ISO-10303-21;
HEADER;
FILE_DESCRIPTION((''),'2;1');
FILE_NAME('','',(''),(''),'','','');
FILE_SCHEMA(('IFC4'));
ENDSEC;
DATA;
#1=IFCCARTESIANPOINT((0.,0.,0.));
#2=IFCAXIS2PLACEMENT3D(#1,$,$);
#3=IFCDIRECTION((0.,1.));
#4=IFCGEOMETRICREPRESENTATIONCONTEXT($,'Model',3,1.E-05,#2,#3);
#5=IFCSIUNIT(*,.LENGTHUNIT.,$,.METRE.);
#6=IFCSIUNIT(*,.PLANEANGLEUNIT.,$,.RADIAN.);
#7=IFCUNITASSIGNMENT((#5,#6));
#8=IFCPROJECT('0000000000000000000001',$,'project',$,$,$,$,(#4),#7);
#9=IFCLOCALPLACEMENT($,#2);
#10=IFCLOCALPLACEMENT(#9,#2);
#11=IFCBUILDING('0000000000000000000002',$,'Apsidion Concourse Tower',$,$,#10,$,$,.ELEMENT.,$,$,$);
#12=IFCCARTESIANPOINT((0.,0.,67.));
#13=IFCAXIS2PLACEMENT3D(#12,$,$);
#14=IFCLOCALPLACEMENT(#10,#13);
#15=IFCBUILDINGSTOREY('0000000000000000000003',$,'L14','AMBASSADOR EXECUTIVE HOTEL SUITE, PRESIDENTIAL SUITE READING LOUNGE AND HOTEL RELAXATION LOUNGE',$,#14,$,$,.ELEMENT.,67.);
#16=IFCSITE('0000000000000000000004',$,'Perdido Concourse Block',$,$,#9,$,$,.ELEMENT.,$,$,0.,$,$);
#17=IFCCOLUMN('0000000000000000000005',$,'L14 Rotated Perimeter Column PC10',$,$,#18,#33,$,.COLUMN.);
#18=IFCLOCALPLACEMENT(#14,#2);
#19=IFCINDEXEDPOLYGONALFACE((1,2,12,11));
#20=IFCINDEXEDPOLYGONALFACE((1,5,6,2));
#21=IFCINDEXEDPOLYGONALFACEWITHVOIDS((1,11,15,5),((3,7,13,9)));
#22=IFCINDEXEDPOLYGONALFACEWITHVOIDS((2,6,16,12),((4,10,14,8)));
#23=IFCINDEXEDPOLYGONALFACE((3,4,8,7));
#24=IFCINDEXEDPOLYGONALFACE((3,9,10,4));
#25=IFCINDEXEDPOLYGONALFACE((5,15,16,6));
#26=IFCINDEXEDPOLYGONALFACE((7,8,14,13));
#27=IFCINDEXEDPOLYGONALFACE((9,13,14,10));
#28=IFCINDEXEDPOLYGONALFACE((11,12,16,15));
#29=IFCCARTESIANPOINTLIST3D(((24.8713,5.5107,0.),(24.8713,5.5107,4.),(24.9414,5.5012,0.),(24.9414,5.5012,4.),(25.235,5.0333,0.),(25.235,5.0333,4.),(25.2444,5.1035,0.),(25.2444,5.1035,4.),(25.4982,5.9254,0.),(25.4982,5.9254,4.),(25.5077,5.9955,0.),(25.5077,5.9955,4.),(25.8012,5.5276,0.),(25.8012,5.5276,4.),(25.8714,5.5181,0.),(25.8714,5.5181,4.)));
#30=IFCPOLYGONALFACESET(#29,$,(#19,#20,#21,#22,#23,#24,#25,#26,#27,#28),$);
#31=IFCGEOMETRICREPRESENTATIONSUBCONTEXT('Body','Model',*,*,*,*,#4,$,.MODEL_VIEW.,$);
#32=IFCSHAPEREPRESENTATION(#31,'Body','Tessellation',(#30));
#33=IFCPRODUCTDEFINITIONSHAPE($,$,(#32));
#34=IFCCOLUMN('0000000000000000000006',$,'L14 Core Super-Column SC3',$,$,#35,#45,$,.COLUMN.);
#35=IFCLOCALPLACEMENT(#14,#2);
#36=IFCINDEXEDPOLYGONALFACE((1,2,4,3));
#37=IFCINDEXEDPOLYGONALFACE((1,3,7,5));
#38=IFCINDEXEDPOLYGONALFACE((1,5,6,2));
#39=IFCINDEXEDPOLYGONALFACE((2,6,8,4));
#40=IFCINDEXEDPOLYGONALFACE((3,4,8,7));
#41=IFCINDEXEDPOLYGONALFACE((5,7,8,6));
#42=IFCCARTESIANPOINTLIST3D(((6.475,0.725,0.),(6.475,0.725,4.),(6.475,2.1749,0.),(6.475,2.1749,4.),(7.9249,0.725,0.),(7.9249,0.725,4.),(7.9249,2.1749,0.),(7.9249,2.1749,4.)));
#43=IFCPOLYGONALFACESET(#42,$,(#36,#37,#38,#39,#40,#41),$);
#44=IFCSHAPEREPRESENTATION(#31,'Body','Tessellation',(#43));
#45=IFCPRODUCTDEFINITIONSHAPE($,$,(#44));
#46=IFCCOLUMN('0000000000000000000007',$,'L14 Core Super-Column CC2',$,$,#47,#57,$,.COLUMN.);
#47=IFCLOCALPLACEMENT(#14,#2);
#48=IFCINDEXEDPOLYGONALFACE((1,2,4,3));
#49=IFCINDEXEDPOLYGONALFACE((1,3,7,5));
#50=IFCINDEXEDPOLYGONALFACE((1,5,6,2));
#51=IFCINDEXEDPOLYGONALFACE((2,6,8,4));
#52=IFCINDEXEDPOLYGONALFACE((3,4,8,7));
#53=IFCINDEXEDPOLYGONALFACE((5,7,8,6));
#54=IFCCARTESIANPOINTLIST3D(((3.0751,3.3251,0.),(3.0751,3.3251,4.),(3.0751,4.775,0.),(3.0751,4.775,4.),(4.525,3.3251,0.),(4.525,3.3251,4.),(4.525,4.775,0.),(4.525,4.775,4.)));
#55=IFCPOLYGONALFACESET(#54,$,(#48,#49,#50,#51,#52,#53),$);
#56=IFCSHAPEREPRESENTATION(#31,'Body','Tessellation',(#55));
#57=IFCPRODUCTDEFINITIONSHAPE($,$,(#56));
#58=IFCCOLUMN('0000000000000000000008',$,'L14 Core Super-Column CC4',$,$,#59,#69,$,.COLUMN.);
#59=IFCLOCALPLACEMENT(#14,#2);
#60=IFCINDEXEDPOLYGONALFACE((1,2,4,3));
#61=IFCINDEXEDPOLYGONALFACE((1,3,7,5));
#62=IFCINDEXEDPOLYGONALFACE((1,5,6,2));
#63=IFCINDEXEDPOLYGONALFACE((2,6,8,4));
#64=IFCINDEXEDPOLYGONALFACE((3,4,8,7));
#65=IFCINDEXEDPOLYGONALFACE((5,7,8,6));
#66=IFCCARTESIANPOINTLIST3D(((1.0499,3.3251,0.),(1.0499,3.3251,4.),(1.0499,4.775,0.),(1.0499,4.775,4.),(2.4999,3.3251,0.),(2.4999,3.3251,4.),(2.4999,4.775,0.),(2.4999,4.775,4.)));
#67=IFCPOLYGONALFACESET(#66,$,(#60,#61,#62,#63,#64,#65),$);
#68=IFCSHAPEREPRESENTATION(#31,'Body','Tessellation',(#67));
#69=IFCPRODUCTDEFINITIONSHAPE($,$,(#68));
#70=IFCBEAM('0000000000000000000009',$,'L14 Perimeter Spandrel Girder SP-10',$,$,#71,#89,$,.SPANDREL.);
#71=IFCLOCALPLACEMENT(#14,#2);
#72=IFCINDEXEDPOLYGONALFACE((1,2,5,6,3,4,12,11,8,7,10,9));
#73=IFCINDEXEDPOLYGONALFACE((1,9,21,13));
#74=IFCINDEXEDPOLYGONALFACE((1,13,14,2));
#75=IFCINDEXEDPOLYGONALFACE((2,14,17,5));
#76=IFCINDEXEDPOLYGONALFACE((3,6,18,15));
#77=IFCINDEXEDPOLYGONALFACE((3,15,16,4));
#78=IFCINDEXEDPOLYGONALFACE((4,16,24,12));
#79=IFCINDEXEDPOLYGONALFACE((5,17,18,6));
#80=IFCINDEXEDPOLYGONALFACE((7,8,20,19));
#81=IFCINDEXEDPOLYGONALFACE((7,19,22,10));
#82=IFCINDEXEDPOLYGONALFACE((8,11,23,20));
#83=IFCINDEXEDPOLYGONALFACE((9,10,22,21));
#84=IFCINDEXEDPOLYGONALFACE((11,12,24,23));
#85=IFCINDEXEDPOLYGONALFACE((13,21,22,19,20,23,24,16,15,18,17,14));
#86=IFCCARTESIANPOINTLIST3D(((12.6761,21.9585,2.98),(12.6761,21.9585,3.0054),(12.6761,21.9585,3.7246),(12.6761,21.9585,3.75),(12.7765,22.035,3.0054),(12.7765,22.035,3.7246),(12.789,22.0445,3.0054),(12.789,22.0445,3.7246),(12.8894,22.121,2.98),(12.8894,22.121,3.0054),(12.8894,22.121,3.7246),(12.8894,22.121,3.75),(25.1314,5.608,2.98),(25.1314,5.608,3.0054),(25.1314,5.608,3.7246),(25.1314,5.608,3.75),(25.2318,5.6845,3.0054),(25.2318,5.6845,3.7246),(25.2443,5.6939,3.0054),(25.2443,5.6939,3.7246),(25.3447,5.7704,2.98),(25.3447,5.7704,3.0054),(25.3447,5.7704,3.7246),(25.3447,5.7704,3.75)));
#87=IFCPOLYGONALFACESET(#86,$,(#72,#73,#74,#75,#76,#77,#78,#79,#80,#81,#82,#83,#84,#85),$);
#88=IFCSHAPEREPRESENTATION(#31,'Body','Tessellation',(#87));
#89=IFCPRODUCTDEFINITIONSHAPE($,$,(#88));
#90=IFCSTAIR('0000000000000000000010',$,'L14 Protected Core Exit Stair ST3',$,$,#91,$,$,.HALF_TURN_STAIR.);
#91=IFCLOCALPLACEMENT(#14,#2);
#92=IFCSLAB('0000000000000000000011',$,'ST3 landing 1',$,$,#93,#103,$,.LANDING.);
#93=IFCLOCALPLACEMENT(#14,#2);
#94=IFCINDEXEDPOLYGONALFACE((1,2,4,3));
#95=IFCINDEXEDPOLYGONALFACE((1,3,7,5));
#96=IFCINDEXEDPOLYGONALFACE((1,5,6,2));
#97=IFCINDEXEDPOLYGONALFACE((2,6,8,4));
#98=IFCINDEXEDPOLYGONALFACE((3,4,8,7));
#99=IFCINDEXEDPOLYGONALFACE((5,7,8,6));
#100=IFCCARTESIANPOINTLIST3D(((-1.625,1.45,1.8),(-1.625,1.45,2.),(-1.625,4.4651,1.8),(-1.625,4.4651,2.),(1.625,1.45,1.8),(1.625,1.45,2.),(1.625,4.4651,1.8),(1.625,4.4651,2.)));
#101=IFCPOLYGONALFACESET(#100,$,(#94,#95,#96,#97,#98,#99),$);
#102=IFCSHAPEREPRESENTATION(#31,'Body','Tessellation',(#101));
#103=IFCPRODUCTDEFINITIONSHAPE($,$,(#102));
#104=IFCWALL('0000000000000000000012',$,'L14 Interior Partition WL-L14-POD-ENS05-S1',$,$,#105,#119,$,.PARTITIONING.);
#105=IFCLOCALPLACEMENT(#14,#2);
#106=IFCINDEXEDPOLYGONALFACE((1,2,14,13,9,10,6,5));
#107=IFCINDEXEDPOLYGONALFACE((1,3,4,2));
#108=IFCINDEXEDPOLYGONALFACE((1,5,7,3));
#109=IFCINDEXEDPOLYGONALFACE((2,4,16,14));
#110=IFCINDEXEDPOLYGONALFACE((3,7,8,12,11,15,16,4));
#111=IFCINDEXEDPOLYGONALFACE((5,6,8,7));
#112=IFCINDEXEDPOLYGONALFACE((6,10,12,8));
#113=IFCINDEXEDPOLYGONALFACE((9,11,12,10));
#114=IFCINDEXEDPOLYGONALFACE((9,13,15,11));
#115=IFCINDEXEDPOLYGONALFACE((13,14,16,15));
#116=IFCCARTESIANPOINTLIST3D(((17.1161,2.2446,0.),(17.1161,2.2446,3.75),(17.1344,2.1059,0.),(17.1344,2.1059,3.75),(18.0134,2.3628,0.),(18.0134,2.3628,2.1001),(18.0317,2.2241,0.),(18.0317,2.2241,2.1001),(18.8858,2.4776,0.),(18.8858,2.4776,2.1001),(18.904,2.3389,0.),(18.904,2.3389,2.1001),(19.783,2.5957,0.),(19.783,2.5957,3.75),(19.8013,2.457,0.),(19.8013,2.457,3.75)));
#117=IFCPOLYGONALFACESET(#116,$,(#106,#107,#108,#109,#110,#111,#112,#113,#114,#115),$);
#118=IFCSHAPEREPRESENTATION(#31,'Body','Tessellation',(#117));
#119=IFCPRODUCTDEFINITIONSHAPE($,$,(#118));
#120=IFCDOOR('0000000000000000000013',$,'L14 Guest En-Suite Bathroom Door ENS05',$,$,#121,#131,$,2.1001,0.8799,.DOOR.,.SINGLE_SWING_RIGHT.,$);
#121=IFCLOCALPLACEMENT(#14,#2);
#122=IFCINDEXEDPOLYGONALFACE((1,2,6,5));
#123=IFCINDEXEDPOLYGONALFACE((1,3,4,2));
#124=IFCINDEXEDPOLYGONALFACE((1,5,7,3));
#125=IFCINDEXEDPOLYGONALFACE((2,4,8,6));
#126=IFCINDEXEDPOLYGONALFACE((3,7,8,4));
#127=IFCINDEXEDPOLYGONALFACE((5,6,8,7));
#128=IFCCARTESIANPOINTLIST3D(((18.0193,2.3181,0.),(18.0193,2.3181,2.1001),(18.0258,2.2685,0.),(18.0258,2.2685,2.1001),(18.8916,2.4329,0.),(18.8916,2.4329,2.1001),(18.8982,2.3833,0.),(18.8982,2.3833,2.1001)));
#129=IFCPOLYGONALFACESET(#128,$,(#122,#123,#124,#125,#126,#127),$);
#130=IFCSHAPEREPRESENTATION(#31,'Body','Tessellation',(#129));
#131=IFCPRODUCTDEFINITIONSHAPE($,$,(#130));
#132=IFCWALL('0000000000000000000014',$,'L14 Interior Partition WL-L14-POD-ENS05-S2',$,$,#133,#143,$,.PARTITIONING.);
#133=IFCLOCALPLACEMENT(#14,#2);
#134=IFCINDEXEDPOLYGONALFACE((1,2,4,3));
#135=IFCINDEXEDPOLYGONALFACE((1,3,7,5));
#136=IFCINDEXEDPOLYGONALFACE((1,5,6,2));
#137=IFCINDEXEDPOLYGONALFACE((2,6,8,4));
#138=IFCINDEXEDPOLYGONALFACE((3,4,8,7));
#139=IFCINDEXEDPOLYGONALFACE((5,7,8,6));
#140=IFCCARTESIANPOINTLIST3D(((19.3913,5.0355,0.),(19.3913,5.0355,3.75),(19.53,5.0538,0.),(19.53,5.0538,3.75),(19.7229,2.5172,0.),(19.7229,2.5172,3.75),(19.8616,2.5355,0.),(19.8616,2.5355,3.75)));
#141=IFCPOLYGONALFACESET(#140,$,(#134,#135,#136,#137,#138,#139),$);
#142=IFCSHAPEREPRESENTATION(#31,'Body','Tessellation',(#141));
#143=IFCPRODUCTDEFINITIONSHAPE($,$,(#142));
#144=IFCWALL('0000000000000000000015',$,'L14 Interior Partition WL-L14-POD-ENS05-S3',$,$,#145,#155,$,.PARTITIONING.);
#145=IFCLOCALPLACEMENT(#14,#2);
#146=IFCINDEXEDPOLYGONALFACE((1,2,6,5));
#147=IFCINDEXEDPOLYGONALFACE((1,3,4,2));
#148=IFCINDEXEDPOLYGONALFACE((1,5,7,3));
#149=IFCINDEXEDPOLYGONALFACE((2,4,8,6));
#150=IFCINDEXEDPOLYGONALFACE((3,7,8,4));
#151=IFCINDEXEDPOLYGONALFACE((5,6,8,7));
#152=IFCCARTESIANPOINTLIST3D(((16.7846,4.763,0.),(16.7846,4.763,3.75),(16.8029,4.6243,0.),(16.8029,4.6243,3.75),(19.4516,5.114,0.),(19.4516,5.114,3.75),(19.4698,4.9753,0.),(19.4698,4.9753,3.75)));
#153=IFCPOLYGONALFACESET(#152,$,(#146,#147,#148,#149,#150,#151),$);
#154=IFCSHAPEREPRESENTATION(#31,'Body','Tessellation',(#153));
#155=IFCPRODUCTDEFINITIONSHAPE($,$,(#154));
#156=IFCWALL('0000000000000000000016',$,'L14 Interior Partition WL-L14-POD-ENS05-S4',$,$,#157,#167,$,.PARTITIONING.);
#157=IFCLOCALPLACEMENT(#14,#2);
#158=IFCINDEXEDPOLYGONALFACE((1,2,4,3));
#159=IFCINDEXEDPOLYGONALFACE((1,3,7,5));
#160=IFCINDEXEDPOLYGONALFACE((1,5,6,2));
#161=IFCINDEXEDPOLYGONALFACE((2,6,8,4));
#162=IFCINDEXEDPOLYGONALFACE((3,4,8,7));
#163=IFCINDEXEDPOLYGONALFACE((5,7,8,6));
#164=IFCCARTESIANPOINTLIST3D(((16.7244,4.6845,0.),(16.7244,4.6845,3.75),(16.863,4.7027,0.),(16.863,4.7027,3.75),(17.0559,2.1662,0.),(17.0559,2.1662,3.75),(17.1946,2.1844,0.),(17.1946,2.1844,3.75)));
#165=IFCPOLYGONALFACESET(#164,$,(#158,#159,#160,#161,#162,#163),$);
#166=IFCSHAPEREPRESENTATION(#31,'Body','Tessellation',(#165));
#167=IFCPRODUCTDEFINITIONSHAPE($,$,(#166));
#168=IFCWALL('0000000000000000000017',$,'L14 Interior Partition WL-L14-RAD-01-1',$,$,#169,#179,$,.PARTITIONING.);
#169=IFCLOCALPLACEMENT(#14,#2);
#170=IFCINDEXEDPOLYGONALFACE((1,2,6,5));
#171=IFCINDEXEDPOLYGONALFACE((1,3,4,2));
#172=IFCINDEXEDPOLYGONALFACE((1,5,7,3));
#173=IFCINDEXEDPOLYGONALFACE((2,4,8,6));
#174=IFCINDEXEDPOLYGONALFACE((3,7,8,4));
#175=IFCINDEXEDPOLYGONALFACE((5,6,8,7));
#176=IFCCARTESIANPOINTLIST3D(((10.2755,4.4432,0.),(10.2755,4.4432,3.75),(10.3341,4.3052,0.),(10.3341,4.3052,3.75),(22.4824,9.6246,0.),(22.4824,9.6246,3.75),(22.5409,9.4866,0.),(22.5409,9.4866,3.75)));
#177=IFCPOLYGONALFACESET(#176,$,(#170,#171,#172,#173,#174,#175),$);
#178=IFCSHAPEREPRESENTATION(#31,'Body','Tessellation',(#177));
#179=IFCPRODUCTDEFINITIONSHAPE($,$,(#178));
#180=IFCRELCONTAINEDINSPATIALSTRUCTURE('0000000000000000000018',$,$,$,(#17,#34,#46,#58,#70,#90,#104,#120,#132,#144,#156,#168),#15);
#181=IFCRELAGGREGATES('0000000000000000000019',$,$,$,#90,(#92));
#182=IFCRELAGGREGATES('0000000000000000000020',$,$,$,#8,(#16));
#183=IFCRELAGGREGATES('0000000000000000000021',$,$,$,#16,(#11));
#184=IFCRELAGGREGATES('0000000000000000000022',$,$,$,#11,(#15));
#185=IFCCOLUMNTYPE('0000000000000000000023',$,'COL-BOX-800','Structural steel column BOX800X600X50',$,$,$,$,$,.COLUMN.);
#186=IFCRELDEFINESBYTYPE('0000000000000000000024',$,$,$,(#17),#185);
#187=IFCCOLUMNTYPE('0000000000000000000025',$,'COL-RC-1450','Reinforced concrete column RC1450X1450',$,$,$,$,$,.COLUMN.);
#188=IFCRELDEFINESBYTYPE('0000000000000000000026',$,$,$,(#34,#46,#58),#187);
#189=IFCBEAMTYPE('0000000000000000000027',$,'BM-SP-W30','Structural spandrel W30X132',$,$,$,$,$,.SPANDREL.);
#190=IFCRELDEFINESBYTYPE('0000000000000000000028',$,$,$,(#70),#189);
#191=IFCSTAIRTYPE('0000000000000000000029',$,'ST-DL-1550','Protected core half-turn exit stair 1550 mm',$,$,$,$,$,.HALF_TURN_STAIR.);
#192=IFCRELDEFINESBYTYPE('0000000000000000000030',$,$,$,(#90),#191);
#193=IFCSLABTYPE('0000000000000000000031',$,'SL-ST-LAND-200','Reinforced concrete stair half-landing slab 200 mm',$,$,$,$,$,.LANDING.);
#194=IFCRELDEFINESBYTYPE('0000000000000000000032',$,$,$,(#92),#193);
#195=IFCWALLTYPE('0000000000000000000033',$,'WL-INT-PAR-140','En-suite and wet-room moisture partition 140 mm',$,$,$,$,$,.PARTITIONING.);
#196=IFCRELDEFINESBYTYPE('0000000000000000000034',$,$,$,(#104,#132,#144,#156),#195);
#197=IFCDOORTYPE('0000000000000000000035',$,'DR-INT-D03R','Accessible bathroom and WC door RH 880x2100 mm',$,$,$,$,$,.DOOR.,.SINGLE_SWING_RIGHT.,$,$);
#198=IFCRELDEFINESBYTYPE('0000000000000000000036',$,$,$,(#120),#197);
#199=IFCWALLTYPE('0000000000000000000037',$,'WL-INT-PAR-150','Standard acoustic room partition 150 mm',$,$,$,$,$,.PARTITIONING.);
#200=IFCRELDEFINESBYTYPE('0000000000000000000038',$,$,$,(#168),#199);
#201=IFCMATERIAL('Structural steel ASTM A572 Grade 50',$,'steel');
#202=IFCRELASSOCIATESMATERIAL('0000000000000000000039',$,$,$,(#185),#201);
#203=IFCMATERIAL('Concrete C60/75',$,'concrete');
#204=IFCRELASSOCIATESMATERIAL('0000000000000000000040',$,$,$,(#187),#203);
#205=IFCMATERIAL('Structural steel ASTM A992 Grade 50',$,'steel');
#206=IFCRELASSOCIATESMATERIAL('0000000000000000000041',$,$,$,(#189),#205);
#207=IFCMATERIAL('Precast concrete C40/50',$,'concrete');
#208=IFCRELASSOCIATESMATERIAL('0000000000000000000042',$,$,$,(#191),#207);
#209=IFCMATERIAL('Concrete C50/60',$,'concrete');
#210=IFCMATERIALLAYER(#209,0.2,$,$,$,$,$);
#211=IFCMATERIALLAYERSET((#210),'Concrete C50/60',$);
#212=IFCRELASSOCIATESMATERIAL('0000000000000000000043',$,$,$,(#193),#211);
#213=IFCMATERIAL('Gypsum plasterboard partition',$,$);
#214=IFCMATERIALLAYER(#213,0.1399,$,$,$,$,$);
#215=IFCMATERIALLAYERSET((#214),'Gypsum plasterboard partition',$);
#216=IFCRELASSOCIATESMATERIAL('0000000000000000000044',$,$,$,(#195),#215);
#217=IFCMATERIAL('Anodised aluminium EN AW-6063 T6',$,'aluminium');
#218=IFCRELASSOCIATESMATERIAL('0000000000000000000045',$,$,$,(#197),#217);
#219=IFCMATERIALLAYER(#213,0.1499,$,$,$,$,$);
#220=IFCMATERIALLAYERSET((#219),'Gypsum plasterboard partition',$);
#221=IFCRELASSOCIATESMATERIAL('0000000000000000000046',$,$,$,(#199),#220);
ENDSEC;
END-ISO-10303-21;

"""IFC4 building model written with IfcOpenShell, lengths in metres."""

from ifc_helpers import new_model, si_unit, direction, frame, frame_2d, origin, origin_2d, place, context, subcontext, project, spatial, polyline, rectangle, hollow_rectangle, i_section, outline, extrude, material, layer, layer_set, material_profile, profile_set, type_object, element, fill, aggregate, save


model = new_model("IFC4")

# Units and contexts
model_context = context("Model", 3, precision=1e-05, world=origin(), true_north=direction((0.0, 1.0)))
body_context = subcontext(model_context, "Body", "Model", "MODEL_VIEW")
ifc_project = project(units=[si_unit("LENGTHUNIT", "METRE"), si_unit("PLANEANGLEUNIT", "RADIAN")], contexts=[model_context])

# Site, building, storey
site_placement = place(None, origin())
site = spatial("IfcSite", under=ifc_project, at=site_placement, Name="Perdido Concourse Block", CompositionType="ELEMENT", RefElevation=0.0)
building_placement = place(site_placement, origin())
building = spatial("IfcBuilding", under=site, at=building_placement, Name="Apsidion Concourse Tower", CompositionType="ELEMENT")
storey_placement = place(building_placement, frame((0.0, 0.0, 67.0)))
storey = spatial("IfcBuildingStorey", under=building, at=storey_placement, Name="L14", Description="AMBASSADOR EXECUTIVE HOTEL SUITE, PRESIDENTIAL SUITE READING LOUNGE AND HOTEL RELAXATION LOUNGE", CompositionType="ELEMENT", Elevation=67.0)

# Columns
ifc_material_1 = material(Name="Structural steel ASTM A572 Grade 50", Category="steel")
ifc_material_profile_1 = material_profile(ifc_material_1, hollow_rectangle(XDim=0.6001, YDim=0.8, WallThickness=0.05, at=origin_2d()), Name="BOX800X600X50")
ifc_profile_set_1 = profile_set([ifc_material_profile_1], Name="Structural steel ASTM A572 Grade 50")
column_type_1 = type_object("IfcColumnType", Name="COL-BOX-800", Description="Structural steel column BOX800X600X50", PredefinedType="COLUMN", material=ifc_profile_set_1)
column_placement = place(storey_placement, frame((25.3713, 5.5144, 0.0), z_axis=(0.0, 0.0, 1.0), x_axis=(-0.605988, 0.795473, 0.0)))
element("IfcColumn", 1, at=column_placement, inside=storey, type_object=column_type_1, Name="L14 Rotated Perimeter Column PC10", PredefinedType="COLUMN", context=body_context, shape_type="SweptSolid", body=[
    extrude(hollow_rectangle(XDim=0.6001, YDim=0.8, WallThickness=0.05, at=origin_2d()), origin(), (0.0, 0.0, 1.0), 4.0),
])
ifc_material_2 = material(Name="Concrete C60/75", Category="concrete")
ifc_material_profile_2 = material_profile(ifc_material_2, rectangle(XDim=1.45, YDim=1.45, at=origin_2d()), Name="RC 1450x1450")
ifc_profile_set_2 = profile_set([ifc_material_profile_2], Name="Concrete C60/75")
column_type_2 = type_object("IfcColumnType", Name="COL-RC-1450", Description="Reinforced concrete column RC1450X1450", PredefinedType="COLUMN", material=ifc_profile_set_2)
for number, where, z_axis, x_axis, name in (
    (2, (7.2, 1.45, 0.0), (0.0, 0.0, 1.0), (1.0, 0.0, 0.0), "L14 Core Super-Column SC3"),
    (3, (3.8, 4.05, 0.0), (0.0, 0.0, 1.0), (1.0, 0.0, 0.0), "L14 Core Super-Column CC2"),
    (4, (1.7749, 4.05, 0.0), (0.0, 0.0, 1.0), (1.0, 0.0, 0.0), "L14 Core Super-Column CC4"),
):
    element("IfcColumn", number, at=place(storey_placement, frame(where, z_axis=z_axis, x_axis=x_axis)), inside=storey, type_object=column_type_2, Name=name, PredefinedType="COLUMN", context=body_context, shape_type="SweptSolid", body=[
        extrude(rectangle(XDim=1.45, YDim=1.45, at=origin_2d()), origin(), (0.0, 0.0, 1.0), 4.0),
    ])

# Beam
ifc_material_3 = material(Name="Structural steel ASTM A992 Grade 50", Category="steel")
ifc_material_profile_3 = material_profile(ifc_material_3, i_section(OverallWidth=0.2681, OverallDepth=0.77, WebThickness=0.0156, FlangeThickness=0.0254, at=origin_2d()), Name="W30X132")
ifc_profile_set_3 = profile_set([ifc_material_profile_3], Name="Structural steel ASTM A992 Grade 50")
beam_type = type_object("IfcBeamType", Name="BM-SP-W30", Description="Structural spandrel W30X132", PredefinedType="SPANDREL", material=ifc_profile_set_3)
beam_placement = place(storey_placement, frame((25.238, 5.6892, 3.365), z_axis=(-0.605973, 0.795485, 0.0), x_axis=(-0.795485, -0.605973, 0.0)))
element("IfcBeam", 5, at=beam_placement, inside=storey, type_object=beam_type, Name="L14 Perimeter Spandrel Girder SP-10", PredefinedType="SPANDREL", context=body_context, shape_type="SweptSolid", body=[
    extrude(i_section(OverallWidth=0.2681, OverallDepth=0.77, WebThickness=0.0156, FlangeThickness=0.0254, at=origin_2d()), origin(), (0.0, 0.0, 1.0), 20.5542),
])

# Stair, slab
ifc_material_4 = material(Name="Precast concrete C40/50", Category="concrete")
stair_type = type_object("IfcStairType", Name="ST-DL-1550", Description="Protected core half-turn exit stair 1550 mm", PredefinedType="HALF_TURN_STAIR", material=ifc_material_4)
stair_1_placement = place(storey_placement, origin())
stair_1 = element("IfcStair", 6, at=stair_1_placement, inside=storey, type_object=stair_type, Name="L14 Protected Core Exit Stair ST3", PredefinedType="HALF_TURN_STAIR")
ifc_material_5 = material(Name="Concrete C50/60", Category="concrete")
ifc_layer_1 = layer(ifc_material_5, 0.2)
ifc_layer_set_1 = layer_set([ifc_layer_1], Name="Concrete C50/60")
slab_type = type_object("IfcSlabType", Name="SL-ST-LAND-200", Description="Reinforced concrete stair half-landing slab 200 mm", PredefinedType="LANDING", material=ifc_layer_set_1)
slab_placement = place(storey_placement, frame((0.0, 0.0, 1.8)))
slab = element("IfcSlab", 7, at=slab_placement, type_object=slab_type, Name="ST3 landing 1", PredefinedType="LANDING", context=body_context, shape_type="SweptSolid", body=[
    extrude(outline(polyline([(-1.625, 4.4651), (-1.625, 1.45), (1.625, 1.45), (1.625, 4.4651), (-1.625, 4.4651)])), origin(), (0.0, 0.0, 1.0), 0.2),
])

# Wall, opening, door
ifc_material_6 = material(Name="Gypsum plasterboard partition")
ifc_layer_2 = layer(ifc_material_6, 0.1399)
ifc_layer_set_2 = layer_set([ifc_layer_2], Name="Gypsum plasterboard partition")
wall_type_1 = type_object("IfcWallType", Name="WL-INT-PAR-140", Description="En-suite and wet-room moisture partition 140 mm", PredefinedType="PARTITIONING", material=ifc_layer_set_2)
wall_1_placement = place(storey_placement, frame((17.1252, 2.1753, 0.0), z_axis=(0.0, 0.0, 1.0), x_axis=(0.991447, 0.130511, 0.0)))
wall_1 = element("IfcWall", 8, at=wall_1_placement, inside=storey, type_object=wall_type_1, Name="L14 Interior Partition WL-L14-POD-ENS05-S1", PredefinedType="PARTITIONING", context=body_context, shape_type="SweptSolid", body=[
    extrude(rectangle(XDim=2.6899, YDim=0.1399, at=frame_2d((1.345, 0.0))), origin(), (0.0, 0.0, 1.0), 3.75),
])
opening_placement = place(wall_1_placement, frame((0.905, 0.0, 0.0)))
opening = element("IfcOpeningElement", 9, at=opening_placement, cuts=wall_1, PredefinedType="OPENING", context=body_context, shape_type="SweptSolid", body=[
    extrude(rectangle(XDim=0.8799, YDim=2.1001, at=frame_2d((0.4399, 1.05))), frame((0.0, 0.0801, 0.0), z_axis=(0.0, -1.0, 0.0), x_axis=(1.0, 0.0, 0.0)), (0.0, 0.0, 1.0), 0.1599),
])
ifc_material_7 = material(Name="Anodised aluminium EN AW-6063 T6", Category="aluminium")
door_type = type_object("IfcDoorType", Name="DR-INT-D03R", Description="Accessible bathroom and WC door RH 880x2100 mm", OperationType="SINGLE_SWING_RIGHT", PredefinedType="DOOR", material=ifc_material_7)
door_placement = place(opening_placement, origin())
door = element("IfcDoor", 10, at=door_placement, inside=storey, type_object=door_type, Name="L14 Guest En-Suite Bathroom Door ENS05", OperationType="SINGLE_SWING_RIGHT", OverallHeight=2.1001, OverallWidth=0.8799, PredefinedType="DOOR", context=body_context, shape_type="SweptSolid", body=[
    extrude(rectangle(XDim=0.8799, YDim=2.1001, at=frame_2d((0.4399, 1.05))), frame((0.0, 0.0249, 0.0), z_axis=(0.0, -1.0, 0.0), x_axis=(1.0, 0.0, 0.0)), (0.0, 0.0, 1.0), 0.05),
])
fill(opening, door)

# Walls
wall_2_placement = place(storey_placement, frame((19.7922, 2.5264, 0.0), z_axis=(0.0, 0.0, 1.0), x_axis=(-0.130527, 0.991445, 0.0)))
element("IfcWall", 11, at=wall_2_placement, inside=storey, type_object=wall_type_1, Name="L14 Interior Partition WL-L14-POD-ENS05-S2", PredefinedType="PARTITIONING", context=body_context, shape_type="SweptSolid", body=[
    extrude(rectangle(XDim=2.54, YDim=0.1399, at=frame_2d((1.27, 0.0))), origin(), (0.0, 0.0, 1.0), 3.75),
])
wall_3_placement = place(storey_placement, frame((19.4607, 5.0447, 0.0), z_axis=(0.0, 0.0, 1.0), x_axis=(-0.991447, -0.130511, 0.0)))
element("IfcWall", 12, at=wall_3_placement, inside=storey, type_object=wall_type_1, Name="L14 Interior Partition WL-L14-POD-ENS05-S3", PredefinedType="PARTITIONING", context=body_context, shape_type="SweptSolid", body=[
    extrude(rectangle(XDim=2.6899, YDim=0.1399, at=frame_2d((1.345, 0.0))), origin(), (0.0, 0.0, 1.0), 3.75),
])
wall_4_placement = place(storey_placement, frame((16.7937, 4.6936, 0.0), z_axis=(0.0, 0.0, 1.0), x_axis=(0.130527, -0.991445, 0.0)))
element("IfcWall", 13, at=wall_4_placement, inside=storey, type_object=wall_type_1, Name="L14 Interior Partition WL-L14-POD-ENS05-S4", PredefinedType="PARTITIONING", context=body_context, shape_type="SweptSolid", body=[
    extrude(rectangle(XDim=2.54, YDim=0.1399, at=frame_2d((1.27, 0.0))), origin(), (0.0, 0.0, 1.0), 3.75),
])
ifc_layer_3 = layer(ifc_material_6, 0.1499)
ifc_layer_set_3 = layer_set([ifc_layer_3], Name="Gypsum plasterboard partition")
wall_type_2 = type_object("IfcWallType", Name="WL-INT-PAR-150", Description="Standard acoustic room partition 150 mm", PredefinedType="PARTITIONING", material=ifc_layer_set_3)
wall_5_placement = place(storey_placement, frame((10.3049, 4.3743, 0.0), z_axis=(0.0, 0.0, 1.0), x_axis=(0.920507, 0.390726, 0.0)))
element("IfcWall", 14, at=wall_5_placement, inside=storey, type_object=wall_type_2, Name="L14 Interior Partition WL-L14-RAD-01-1", PredefinedType="PARTITIONING", context=body_context, shape_type="SweptSolid", body=[
    extrude(rectangle(XDim=13.261, YDim=0.1499, at=frame_2d((6.6304, 0.0))), origin(), (0.0, 0.0, 1.0), 3.75),
])

aggregate(stair_1, [slab])

save(model, "model.ifc")
